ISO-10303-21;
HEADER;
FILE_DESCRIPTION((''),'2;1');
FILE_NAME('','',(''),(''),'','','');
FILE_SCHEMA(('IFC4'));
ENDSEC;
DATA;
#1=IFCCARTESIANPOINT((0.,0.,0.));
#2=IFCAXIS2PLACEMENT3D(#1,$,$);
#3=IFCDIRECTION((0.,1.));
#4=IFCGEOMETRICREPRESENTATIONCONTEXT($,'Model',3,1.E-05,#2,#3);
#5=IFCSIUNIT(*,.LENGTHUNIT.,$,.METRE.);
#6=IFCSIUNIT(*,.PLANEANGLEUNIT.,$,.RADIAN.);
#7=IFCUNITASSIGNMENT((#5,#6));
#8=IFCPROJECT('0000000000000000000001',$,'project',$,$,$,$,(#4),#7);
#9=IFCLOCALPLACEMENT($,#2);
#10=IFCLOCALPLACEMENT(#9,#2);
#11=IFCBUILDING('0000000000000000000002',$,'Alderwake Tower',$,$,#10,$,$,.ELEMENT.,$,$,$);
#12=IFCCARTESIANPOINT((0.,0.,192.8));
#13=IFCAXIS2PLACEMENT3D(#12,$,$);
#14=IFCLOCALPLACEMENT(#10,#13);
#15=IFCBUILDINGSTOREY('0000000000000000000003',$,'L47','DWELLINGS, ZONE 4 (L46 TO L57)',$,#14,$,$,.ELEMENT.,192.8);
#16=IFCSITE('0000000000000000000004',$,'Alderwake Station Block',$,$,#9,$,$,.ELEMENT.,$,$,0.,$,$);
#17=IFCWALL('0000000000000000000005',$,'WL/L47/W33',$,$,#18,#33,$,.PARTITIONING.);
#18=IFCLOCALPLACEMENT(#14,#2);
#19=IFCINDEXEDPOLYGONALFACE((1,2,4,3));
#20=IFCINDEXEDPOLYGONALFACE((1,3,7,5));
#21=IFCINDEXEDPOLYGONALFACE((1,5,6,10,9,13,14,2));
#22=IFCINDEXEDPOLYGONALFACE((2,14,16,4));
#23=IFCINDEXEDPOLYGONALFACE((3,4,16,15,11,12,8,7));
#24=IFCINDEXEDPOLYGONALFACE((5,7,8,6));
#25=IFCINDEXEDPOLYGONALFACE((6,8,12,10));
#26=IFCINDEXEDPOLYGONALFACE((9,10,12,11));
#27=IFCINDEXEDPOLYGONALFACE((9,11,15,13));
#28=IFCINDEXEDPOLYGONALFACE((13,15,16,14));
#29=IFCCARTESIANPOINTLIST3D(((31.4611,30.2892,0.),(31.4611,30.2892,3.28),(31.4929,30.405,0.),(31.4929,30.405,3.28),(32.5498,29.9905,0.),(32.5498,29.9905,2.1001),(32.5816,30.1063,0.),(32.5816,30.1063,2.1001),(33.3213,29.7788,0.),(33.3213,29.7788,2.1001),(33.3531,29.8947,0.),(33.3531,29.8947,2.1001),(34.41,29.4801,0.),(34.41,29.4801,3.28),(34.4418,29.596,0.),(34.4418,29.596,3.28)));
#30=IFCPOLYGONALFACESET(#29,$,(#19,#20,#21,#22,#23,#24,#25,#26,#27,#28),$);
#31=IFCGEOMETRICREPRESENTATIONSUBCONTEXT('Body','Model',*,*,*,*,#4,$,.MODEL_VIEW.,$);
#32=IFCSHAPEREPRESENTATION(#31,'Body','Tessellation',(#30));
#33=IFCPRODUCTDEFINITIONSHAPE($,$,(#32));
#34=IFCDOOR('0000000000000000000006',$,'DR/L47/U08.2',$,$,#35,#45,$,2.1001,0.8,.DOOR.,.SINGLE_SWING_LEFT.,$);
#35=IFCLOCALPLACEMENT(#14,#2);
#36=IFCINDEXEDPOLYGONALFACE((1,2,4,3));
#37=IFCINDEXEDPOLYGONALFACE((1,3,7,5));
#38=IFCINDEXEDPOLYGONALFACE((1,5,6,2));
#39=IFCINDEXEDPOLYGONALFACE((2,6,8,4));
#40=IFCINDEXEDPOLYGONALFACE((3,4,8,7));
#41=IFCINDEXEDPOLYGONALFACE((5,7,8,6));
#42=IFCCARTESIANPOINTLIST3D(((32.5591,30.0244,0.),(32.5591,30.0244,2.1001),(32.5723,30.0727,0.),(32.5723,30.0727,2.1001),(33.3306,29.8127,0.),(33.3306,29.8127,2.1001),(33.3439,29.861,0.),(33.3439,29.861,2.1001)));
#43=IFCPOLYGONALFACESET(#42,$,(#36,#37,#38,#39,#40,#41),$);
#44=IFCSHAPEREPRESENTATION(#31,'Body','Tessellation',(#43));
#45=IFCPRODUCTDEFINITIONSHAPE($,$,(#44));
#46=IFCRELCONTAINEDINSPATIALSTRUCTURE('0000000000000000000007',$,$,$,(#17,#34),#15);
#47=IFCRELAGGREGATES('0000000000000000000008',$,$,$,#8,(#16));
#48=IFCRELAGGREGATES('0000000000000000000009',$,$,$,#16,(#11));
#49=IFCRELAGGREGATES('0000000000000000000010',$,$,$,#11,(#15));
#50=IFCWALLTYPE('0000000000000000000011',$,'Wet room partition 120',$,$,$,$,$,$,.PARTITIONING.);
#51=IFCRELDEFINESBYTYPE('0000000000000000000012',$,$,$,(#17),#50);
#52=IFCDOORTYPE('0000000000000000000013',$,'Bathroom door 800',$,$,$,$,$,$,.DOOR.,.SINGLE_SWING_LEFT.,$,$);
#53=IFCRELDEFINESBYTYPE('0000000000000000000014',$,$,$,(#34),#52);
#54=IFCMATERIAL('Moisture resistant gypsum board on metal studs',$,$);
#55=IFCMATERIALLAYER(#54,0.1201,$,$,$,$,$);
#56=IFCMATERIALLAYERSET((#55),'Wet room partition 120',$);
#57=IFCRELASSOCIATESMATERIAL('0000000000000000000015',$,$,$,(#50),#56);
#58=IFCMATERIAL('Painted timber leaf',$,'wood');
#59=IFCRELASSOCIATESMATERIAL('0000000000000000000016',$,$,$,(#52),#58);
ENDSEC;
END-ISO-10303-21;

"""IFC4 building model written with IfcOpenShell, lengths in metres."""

from ifc_helpers import new_model, si_unit, direction, frame, frame_2d, origin, place, context, subcontext, project, spatial, rectangle, extrude, material, layer, layer_set, type_object, element, fill, save


model = new_model("IFC4")

# Units and contexts
model_context = context("Model", 3, precision=1e-05, world=origin(), true_north=direction((0.0, 1.0)))
body_context = subcontext(model_context, "Body", "Model", "MODEL_VIEW")
ifc_project = project(units=[si_unit("LENGTHUNIT", "METRE"), si_unit("PLANEANGLEUNIT", "RADIAN")], contexts=[model_context])

# Site, building, storey
site_placement = place(None, origin())
site = spatial("IfcSite", under=ifc_project, at=site_placement, Name="Alderwake Station Block", CompositionType="ELEMENT", RefElevation=0.0)
building_placement = place(site_placement, origin())
building = spatial("IfcBuilding", under=site, at=building_placement, Name="Alderwake Tower", CompositionType="ELEMENT")
storey_placement = place(building_placement, frame((0.0, 0.0, 192.8)))
storey = spatial("IfcBuildingStorey", under=building, at=storey_placement, Name="L47", Description="DWELLINGS, ZONE 4 (L46 TO L57)", CompositionType="ELEMENT", Elevation=192.8)

# Shared definitions
ifc_material_1 = material(Name="Moisture resistant gypsum board on metal studs")
ifc_layer_1 = layer(ifc_material_1, 0.1201)
ifc_layer_set_1 = layer_set([ifc_layer_1], Name="Wet room partition 120")
wall_type_1 = type_object("IfcWallType", Name="Wet room partition 120", PredefinedType="PARTITIONING", material=ifc_layer_set_1)

# Wall, opening, door
wall_1_placement = place(storey_placement, frame((34.4258, 29.5381, 0.0), z_axis=(0.0, 0.0, 1.0), x_axis=(-0.964363, 0.264583, 0.0)))
wall_1 = element("IfcWall", 1, at=wall_1_placement, inside=storey, type_object=wall_type_1, Name="WL/L47/W33", PredefinedType="PARTITIONING", context=body_context, shape_type="SweptSolid", body=[
    extrude(rectangle(XDim=3.0579, YDim=0.1201, at=frame_2d((1.5288, 0.0))), origin(), (0.0, 0.0, 1.0), 3.28),
])
opening_1_placement = place(wall_1_placement, frame((1.1289, 0.0, 0.0)))
opening_1 = element("IfcOpeningElement", 2, at=opening_1_placement, cuts=wall_1, PredefinedType="OPENING", context=body_context, shape_type="SweptSolid", body=[
    extrude(rectangle(XDim=0.8, YDim=2.1001, at=frame_2d((0.3999, 1.05))), frame((0.0, 0.0701, 0.0), z_axis=(0.0, -1.0, 0.0), x_axis=(1.0, 0.0, 0.0)), (0.0, 0.0, 1.0), 0.1401),
])
ifc_material_2 = material(Name="Painted timber leaf", Category="wood")
door_type_1 = type_object("IfcDoorType", Name="Bathroom door 800", OperationType="SINGLE_SWING_LEFT", PredefinedType="DOOR", material=ifc_material_2)
door_1_placement = place(opening_1_placement, origin())
door_1 = element("IfcDoor", 3, at=door_1_placement, inside=storey, type_object=door_type_1, Name="DR/L47/U08.2", OperationType="SINGLE_SWING_LEFT", OverallHeight=2.1001, OverallWidth=0.8, PredefinedType="DOOR", context=body_context, shape_type="SweptSolid", body=[
    extrude(rectangle(XDim=0.8, YDim=2.1001, at=frame_2d((0.3999, 1.05))), frame((0.0, 0.0249, 0.0), z_axis=(0.0, -1.0, 0.0), x_axis=(1.0, 0.0, 0.0)), (0.0, 0.0, 1.0), 0.05),
])
fill(opening_1, door_1)

save(model, "model.ifc")
